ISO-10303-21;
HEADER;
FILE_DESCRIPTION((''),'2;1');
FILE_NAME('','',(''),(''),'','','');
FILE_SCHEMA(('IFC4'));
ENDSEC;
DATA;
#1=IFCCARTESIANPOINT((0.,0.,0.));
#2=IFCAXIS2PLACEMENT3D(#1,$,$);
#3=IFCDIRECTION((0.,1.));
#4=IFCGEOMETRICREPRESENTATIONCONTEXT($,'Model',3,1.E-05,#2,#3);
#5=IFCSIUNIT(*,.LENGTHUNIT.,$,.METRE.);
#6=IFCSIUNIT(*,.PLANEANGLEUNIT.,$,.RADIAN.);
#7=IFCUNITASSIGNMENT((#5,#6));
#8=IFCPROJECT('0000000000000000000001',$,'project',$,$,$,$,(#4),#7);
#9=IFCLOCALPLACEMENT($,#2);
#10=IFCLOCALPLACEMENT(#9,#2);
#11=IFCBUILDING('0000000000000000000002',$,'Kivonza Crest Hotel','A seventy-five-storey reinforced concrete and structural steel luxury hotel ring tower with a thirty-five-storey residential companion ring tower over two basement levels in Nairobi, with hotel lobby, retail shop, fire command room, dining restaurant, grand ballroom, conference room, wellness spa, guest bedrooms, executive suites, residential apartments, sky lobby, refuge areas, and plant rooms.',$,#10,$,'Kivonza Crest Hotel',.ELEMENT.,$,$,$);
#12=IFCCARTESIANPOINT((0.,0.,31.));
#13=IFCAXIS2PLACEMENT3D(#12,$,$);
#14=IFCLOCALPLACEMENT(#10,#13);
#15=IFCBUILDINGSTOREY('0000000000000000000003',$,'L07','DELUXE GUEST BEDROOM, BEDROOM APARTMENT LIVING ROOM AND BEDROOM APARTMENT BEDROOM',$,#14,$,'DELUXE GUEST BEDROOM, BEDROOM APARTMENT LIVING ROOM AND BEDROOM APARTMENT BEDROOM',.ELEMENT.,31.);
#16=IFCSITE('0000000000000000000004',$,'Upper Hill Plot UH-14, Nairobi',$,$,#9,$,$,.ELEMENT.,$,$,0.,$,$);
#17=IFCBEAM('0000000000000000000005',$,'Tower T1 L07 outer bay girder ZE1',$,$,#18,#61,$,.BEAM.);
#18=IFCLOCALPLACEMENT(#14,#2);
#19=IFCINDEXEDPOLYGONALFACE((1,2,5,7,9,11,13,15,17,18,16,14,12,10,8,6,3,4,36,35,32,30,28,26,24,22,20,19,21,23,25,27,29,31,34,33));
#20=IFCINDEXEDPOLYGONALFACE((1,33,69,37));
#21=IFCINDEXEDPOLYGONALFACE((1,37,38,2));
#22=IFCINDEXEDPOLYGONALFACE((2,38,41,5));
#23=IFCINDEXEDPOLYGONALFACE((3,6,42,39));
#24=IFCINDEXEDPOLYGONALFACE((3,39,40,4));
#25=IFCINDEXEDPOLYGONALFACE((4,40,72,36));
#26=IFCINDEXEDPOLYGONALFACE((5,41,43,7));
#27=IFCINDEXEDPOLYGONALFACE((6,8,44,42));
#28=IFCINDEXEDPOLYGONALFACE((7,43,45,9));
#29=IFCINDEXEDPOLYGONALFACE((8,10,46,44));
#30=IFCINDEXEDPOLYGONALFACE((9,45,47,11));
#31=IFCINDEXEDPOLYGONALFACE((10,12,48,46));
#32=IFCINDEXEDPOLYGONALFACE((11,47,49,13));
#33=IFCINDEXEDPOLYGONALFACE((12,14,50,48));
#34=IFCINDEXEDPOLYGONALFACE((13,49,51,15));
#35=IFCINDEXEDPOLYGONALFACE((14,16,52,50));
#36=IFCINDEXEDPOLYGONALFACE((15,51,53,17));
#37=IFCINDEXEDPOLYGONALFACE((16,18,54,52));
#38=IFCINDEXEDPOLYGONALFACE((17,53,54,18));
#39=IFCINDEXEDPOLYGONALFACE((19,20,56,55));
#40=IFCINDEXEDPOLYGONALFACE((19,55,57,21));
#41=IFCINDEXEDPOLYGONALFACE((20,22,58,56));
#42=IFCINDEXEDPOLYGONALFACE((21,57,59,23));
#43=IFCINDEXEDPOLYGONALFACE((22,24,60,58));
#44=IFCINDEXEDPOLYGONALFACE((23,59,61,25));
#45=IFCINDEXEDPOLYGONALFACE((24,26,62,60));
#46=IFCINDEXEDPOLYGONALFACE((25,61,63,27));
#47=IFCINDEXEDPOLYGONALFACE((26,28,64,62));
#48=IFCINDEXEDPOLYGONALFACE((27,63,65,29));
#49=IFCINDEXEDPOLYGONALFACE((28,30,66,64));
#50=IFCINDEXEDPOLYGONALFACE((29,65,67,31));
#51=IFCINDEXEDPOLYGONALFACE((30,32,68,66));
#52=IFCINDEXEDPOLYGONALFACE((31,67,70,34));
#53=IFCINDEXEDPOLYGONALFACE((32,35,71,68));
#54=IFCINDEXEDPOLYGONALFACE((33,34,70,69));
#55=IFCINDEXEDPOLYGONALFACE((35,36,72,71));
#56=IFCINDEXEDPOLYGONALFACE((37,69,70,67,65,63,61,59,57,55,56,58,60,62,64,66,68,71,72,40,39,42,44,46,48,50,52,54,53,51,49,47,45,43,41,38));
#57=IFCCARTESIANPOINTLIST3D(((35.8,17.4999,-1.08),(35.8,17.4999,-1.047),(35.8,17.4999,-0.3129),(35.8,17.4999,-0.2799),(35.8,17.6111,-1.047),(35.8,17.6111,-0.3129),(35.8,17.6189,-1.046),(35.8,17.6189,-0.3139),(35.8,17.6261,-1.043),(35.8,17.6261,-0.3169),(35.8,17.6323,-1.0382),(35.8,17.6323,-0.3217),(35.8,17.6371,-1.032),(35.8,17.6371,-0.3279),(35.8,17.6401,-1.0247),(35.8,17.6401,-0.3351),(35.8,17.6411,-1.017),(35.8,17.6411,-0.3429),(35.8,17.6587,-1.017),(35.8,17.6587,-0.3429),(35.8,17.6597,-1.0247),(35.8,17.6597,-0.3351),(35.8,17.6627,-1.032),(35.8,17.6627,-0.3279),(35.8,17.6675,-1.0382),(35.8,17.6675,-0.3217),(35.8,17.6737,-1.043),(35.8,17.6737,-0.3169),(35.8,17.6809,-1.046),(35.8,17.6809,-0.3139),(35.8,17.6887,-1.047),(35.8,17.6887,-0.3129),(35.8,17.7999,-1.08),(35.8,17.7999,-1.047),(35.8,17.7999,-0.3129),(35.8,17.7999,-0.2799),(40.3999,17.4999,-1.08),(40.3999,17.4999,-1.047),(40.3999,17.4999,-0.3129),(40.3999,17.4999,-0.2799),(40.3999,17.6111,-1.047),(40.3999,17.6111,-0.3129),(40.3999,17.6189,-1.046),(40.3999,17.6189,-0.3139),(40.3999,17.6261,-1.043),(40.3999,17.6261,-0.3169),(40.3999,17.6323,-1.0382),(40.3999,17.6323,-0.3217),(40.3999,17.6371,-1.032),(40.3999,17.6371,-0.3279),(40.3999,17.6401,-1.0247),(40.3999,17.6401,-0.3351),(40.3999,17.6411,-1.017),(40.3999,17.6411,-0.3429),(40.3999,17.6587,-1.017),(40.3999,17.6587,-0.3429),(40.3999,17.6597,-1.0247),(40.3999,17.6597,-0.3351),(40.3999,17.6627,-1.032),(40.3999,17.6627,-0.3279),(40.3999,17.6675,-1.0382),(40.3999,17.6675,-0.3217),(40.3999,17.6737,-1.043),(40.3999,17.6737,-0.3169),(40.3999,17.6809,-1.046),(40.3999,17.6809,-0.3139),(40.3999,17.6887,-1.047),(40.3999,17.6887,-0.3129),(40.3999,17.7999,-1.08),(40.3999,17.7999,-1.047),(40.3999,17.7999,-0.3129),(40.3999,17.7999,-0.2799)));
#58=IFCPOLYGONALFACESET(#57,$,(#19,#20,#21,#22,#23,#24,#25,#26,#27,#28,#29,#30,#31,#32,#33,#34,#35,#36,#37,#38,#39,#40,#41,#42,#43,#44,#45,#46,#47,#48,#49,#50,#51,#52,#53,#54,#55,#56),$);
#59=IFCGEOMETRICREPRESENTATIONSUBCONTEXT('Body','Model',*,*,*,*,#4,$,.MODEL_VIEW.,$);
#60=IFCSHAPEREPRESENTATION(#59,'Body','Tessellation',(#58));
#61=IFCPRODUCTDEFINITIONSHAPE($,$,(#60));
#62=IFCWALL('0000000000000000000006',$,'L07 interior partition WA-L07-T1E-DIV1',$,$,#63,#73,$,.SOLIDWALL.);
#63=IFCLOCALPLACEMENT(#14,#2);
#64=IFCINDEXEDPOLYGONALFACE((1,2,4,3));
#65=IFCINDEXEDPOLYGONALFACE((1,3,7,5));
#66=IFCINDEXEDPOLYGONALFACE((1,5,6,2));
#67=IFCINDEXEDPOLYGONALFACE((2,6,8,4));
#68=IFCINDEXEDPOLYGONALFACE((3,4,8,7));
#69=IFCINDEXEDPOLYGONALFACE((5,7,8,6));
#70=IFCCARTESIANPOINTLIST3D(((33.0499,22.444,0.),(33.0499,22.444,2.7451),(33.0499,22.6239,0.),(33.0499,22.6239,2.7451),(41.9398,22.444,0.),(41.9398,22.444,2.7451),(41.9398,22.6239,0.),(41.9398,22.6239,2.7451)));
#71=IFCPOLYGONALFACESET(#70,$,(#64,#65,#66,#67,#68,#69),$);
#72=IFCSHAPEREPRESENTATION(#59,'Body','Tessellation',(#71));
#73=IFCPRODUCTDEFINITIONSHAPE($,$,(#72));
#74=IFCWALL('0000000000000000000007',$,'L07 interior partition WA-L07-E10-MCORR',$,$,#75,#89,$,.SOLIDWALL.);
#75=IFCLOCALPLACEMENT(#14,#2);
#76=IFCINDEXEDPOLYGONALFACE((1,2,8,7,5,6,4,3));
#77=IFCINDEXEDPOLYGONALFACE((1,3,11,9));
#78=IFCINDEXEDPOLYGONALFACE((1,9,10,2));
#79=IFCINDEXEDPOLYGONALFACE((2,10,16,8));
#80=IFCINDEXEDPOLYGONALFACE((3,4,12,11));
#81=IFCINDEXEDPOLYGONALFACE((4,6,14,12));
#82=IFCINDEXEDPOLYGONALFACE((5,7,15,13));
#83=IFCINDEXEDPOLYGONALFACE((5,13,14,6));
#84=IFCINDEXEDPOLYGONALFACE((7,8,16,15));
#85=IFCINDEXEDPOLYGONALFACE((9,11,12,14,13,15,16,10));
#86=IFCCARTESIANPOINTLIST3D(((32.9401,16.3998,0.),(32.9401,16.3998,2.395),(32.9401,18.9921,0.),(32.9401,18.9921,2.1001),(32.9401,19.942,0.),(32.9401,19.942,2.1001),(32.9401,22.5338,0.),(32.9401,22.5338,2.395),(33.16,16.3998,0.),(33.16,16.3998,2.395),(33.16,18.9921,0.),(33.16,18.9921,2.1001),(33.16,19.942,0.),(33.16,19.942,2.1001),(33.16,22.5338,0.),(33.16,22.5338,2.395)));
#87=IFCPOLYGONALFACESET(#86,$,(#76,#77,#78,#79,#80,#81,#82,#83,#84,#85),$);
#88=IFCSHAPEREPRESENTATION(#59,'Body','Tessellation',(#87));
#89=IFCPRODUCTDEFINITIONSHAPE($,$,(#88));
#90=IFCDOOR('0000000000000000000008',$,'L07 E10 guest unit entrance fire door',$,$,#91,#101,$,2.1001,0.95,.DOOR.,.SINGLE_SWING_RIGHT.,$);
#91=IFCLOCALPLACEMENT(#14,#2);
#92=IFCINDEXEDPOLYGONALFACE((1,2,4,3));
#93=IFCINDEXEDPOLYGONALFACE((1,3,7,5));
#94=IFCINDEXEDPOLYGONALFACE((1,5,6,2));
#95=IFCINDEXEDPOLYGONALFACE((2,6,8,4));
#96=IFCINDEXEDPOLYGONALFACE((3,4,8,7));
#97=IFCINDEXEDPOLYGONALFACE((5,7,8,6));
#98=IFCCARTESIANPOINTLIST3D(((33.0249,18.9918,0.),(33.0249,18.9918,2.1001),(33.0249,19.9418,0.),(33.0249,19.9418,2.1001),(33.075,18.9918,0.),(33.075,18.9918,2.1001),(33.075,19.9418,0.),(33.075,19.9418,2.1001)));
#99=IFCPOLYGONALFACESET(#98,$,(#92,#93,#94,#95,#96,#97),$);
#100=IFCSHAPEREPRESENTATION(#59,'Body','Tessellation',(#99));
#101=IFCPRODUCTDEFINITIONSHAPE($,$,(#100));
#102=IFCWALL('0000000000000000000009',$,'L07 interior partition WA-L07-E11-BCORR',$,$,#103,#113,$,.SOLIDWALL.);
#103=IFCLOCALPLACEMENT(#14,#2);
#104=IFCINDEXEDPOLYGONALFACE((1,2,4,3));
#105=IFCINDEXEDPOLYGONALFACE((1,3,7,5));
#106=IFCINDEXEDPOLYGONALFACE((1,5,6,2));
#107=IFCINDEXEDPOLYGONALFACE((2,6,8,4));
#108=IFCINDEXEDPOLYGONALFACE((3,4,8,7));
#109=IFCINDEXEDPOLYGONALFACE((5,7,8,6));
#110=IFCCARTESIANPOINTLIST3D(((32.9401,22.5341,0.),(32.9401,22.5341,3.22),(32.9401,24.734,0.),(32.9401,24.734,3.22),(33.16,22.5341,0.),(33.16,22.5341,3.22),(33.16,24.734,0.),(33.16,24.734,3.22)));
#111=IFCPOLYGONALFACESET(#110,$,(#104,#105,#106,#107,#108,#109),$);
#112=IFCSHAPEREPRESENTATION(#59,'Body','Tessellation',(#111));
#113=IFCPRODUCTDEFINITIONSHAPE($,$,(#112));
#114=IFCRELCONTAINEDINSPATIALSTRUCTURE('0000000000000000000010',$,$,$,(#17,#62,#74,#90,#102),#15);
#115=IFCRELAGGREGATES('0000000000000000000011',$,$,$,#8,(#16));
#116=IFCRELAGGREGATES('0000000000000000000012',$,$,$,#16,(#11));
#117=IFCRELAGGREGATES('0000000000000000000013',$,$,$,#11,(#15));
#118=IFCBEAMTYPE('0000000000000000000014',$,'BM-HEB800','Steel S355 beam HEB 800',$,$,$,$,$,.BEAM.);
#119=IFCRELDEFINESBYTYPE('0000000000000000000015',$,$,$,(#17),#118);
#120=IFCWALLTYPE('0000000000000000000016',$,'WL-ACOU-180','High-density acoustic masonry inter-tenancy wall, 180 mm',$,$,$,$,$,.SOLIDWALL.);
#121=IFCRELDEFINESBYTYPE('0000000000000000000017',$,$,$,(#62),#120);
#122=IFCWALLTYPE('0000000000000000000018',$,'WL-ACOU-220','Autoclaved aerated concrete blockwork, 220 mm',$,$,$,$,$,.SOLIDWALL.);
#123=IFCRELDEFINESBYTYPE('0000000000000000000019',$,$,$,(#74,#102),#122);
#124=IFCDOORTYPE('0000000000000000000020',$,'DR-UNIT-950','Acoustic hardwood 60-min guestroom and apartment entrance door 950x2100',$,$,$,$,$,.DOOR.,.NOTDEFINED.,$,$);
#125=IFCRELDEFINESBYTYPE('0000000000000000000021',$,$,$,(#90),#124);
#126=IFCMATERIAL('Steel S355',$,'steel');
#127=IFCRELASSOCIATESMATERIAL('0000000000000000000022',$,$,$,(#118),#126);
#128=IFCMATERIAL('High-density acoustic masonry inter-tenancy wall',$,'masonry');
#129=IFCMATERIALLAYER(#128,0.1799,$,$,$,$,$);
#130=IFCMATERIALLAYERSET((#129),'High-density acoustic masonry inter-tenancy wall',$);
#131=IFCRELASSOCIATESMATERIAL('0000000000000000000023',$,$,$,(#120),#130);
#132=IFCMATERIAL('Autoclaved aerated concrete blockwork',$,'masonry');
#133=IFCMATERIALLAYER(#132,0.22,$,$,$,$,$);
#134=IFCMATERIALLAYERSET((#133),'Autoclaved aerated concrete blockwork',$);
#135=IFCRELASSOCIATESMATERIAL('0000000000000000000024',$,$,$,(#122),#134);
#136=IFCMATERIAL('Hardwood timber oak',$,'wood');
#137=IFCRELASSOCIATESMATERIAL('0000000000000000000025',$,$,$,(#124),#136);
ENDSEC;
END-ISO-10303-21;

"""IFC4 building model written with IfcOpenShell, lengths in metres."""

from ifc_helpers import new_model, si_unit, direction, frame, frame_2d, origin, origin_2d, place, context, subcontext, project, spatial, rectangle, i_section, extrude, material, layer, layer_set, material_profile, profile_set, type_object, element, fill, save


model = new_model("IFC4")

# Units and contexts
model_context = context("Model", 3, precision=1e-05, world=origin(), true_north=direction((0.0, 1.0)))
body_context = subcontext(model_context, "Body", "Model", "MODEL_VIEW")
ifc_project = project(units=[si_unit("LENGTHUNIT", "METRE"), si_unit("PLANEANGLEUNIT", "RADIAN")], contexts=[model_context])

# Site, building, storey
site_placement = place(None, origin())
site = spatial("IfcSite", under=ifc_project, at=site_placement, Name="Upper Hill Plot UH-14, Nairobi", CompositionType="ELEMENT", RefElevation=0.0)
building_placement = place(site_placement, origin())
building = spatial("IfcBuilding", under=site, at=building_placement, Name="Kivonza Crest Hotel", Description="A seventy-five-storey reinforced concrete and structural steel luxury hotel ring tower with a thirty-five-storey residential companion ring tower over two basement levels in Nairobi, with hotel lobby, retail shop, fire command room, dining restaurant, grand ballroom, conference room, wellness spa, guest bedrooms, executive suites, residential apartments, sky lobby, refuge areas, and plant rooms.", LongName="Kivonza Crest Hotel", CompositionType="ELEMENT")
storey_placement = place(building_placement, frame((0.0, 0.0, 31.0)))
storey = spatial("IfcBuildingStorey", under=building, at=storey_placement, Name="L07", Description="DELUXE GUEST BEDROOM, BEDROOM APARTMENT LIVING ROOM AND BEDROOM APARTMENT BEDROOM", LongName="DELUXE GUEST BEDROOM, BEDROOM APARTMENT LIVING ROOM AND BEDROOM APARTMENT BEDROOM", CompositionType="ELEMENT", Elevation=31.0)

# Beam
ifc_material_1 = material(Name="Steel S355", Category="steel")
ifc_material_profile_1 = material_profile(ifc_material_1, i_section(OverallWidth=0.3, OverallDepth=0.8, WebThickness=0.0176, FlangeThickness=0.033, FilletRadius=0.03, at=origin_2d()), Name="HEB 800")
ifc_profile_set_1 = profile_set([ifc_material_profile_1], Name="Steel S355")
beam_type_1 = type_object("IfcBeamType", Name="BM-HEB800", Description="Steel S355 beam HEB 800", PredefinedType="BEAM", material=ifc_profile_set_1)
beam_1_placement = place(storey_placement, frame((40.3999, 17.6499, -0.6799), z_axis=(-1.0, 0.0, 0.0), x_axis=(0.0, -1.0, 0.0)))
element("IfcBeam", 1, at=beam_1_placement, inside=storey, type_object=beam_type_1, Name="Tower T1 L07 outer bay girder ZE1", PredefinedType="BEAM", context=body_context, shape_type="SweptSolid", body=[
    extrude(i_section(OverallWidth=0.3, OverallDepth=0.8, WebThickness=0.0176, FlangeThickness=0.033, FilletRadius=0.03, at=origin_2d()), origin(), (0.0, 0.0, 1.0), 4.5999),
])

# Wall
ifc_material_2 = material(Name="High-density acoustic masonry inter-tenancy wall", Category="masonry")
ifc_layer_1 = layer(ifc_material_2, 0.1799)
ifc_layer_set_1 = layer_set([ifc_layer_1], Name="High-density acoustic masonry inter-tenancy wall")
wall_type_1 = type_object("IfcWallType", Name="WL-ACOU-180", Description="High-density acoustic masonry inter-tenancy wall, 180 mm", PredefinedType="SOLIDWALL", material=ifc_layer_set_1)
wall_1_placement = place(storey_placement, frame((33.05, 22.5339, 0.0), z_axis=(0.0, 0.0, 1.0), x_axis=(1.0, 0.0, 0.0)))
element("IfcWall", 2, at=wall_1_placement, inside=storey, type_object=wall_type_1, Name="L07 interior partition WA-L07-T1E-DIV1", PredefinedType="SOLIDWALL", context=body_context, shape_type="SweptSolid", body=[
    extrude(rectangle(XDim=8.8899, YDim=0.1799, at=frame_2d((4.4448, 0.0))), origin(), (0.0, 0.0, 1.0), 2.7451),
])

# Wall, opening, door
ifc_material_3 = material(Name="Autoclaved aerated concrete blockwork", Category="masonry")
ifc_layer_2 = layer(ifc_material_3, 0.22)
ifc_layer_set_2 = layer_set([ifc_layer_2], Name="Autoclaved aerated concrete blockwork")
wall_type_2 = type_object("IfcWallType", Name="WL-ACOU-220", Description="Autoclaved aerated concrete blockwork, 220 mm", PredefinedType="SOLIDWALL", material=ifc_layer_set_2)
wall_2_placement = place(storey_placement, frame((33.05, 16.3999, 0.0), z_axis=(0.0, 0.0, 1.0), x_axis=(0.0, 1.0, 0.0)))
wall_2 = element("IfcWall", 3, at=wall_2_placement, inside=storey, type_object=wall_type_2, Name="L07 interior partition WA-L07-E10-MCORR", PredefinedType="SOLIDWALL", context=body_context, shape_type="SweptSolid", body=[
    extrude(rectangle(XDim=6.134, YDim=0.22, at=frame_2d((3.0669, 0.0))), origin(), (0.0, 0.0, 1.0), 2.395),
])
opening_1_placement = place(wall_2_placement, frame((2.592, 0.0, 0.0)))
opening_1 = element("IfcOpeningElement", 4, at=opening_1_placement, cuts=wall_2, PredefinedType="OPENING", context=body_context, shape_type="SweptSolid", body=[
    extrude(rectangle(XDim=0.95, YDim=2.1001, at=frame_2d((0.4751, 1.05))), frame((0.0, 0.1201, 0.0), z_axis=(0.0, -1.0, 0.0), x_axis=(1.0, 0.0, 0.0)), (0.0, 0.0, 1.0), 0.24),
])
ifc_material_4 = material(Name="Hardwood timber oak", Category="wood")
door_type_1 = type_object("IfcDoorType", Name="DR-UNIT-950", Description="Acoustic hardwood 60-min guestroom and apartment entrance door 950x2100", OperationType="NOTDEFINED", PredefinedType="DOOR", material=ifc_material_4)
door_1_placement = place(opening_1_placement, frame((0.95, 0.0, 0.0), z_axis=(0.0, 0.0, 1.0), x_axis=(-1.0, 0.0, 0.0)))
door_1 = element("IfcDoor", 5, at=door_1_placement, inside=storey, type_object=door_type_1, Name="L07 E10 guest unit entrance fire door", OperationType="SINGLE_SWING_RIGHT", OverallHeight=2.1001, OverallWidth=0.95, PredefinedType="DOOR", context=body_context, shape_type="SweptSolid", body=[
    extrude(rectangle(XDim=0.95, YDim=2.1001, at=frame_2d((0.4751, 1.05))), frame((0.0, 0.0249, 0.0), z_axis=(0.0, -1.0, 0.0), x_axis=(1.0, 0.0, 0.0)), (0.0, 0.0, 1.0), 0.05),
])
fill(opening_1, door_1)

# Wall
wall_3_placement = place(storey_placement, frame((33.05, 22.5339, 0.0), z_axis=(0.0, 0.0, 1.0), x_axis=(0.0, 1.0, 0.0)))
element("IfcWall", 6, at=wall_3_placement, inside=storey, type_object=wall_type_2, Name="L07 interior partition WA-L07-E11-BCORR", PredefinedType="SOLIDWALL", context=body_context, shape_type="SweptSolid", body=[
    extrude(rectangle(XDim=2.2, YDim=0.22, at=frame_2d((1.1001, 0.0))), origin(), (0.0, 0.0, 1.0), 3.22),
])

save(model, "model.ifc")
